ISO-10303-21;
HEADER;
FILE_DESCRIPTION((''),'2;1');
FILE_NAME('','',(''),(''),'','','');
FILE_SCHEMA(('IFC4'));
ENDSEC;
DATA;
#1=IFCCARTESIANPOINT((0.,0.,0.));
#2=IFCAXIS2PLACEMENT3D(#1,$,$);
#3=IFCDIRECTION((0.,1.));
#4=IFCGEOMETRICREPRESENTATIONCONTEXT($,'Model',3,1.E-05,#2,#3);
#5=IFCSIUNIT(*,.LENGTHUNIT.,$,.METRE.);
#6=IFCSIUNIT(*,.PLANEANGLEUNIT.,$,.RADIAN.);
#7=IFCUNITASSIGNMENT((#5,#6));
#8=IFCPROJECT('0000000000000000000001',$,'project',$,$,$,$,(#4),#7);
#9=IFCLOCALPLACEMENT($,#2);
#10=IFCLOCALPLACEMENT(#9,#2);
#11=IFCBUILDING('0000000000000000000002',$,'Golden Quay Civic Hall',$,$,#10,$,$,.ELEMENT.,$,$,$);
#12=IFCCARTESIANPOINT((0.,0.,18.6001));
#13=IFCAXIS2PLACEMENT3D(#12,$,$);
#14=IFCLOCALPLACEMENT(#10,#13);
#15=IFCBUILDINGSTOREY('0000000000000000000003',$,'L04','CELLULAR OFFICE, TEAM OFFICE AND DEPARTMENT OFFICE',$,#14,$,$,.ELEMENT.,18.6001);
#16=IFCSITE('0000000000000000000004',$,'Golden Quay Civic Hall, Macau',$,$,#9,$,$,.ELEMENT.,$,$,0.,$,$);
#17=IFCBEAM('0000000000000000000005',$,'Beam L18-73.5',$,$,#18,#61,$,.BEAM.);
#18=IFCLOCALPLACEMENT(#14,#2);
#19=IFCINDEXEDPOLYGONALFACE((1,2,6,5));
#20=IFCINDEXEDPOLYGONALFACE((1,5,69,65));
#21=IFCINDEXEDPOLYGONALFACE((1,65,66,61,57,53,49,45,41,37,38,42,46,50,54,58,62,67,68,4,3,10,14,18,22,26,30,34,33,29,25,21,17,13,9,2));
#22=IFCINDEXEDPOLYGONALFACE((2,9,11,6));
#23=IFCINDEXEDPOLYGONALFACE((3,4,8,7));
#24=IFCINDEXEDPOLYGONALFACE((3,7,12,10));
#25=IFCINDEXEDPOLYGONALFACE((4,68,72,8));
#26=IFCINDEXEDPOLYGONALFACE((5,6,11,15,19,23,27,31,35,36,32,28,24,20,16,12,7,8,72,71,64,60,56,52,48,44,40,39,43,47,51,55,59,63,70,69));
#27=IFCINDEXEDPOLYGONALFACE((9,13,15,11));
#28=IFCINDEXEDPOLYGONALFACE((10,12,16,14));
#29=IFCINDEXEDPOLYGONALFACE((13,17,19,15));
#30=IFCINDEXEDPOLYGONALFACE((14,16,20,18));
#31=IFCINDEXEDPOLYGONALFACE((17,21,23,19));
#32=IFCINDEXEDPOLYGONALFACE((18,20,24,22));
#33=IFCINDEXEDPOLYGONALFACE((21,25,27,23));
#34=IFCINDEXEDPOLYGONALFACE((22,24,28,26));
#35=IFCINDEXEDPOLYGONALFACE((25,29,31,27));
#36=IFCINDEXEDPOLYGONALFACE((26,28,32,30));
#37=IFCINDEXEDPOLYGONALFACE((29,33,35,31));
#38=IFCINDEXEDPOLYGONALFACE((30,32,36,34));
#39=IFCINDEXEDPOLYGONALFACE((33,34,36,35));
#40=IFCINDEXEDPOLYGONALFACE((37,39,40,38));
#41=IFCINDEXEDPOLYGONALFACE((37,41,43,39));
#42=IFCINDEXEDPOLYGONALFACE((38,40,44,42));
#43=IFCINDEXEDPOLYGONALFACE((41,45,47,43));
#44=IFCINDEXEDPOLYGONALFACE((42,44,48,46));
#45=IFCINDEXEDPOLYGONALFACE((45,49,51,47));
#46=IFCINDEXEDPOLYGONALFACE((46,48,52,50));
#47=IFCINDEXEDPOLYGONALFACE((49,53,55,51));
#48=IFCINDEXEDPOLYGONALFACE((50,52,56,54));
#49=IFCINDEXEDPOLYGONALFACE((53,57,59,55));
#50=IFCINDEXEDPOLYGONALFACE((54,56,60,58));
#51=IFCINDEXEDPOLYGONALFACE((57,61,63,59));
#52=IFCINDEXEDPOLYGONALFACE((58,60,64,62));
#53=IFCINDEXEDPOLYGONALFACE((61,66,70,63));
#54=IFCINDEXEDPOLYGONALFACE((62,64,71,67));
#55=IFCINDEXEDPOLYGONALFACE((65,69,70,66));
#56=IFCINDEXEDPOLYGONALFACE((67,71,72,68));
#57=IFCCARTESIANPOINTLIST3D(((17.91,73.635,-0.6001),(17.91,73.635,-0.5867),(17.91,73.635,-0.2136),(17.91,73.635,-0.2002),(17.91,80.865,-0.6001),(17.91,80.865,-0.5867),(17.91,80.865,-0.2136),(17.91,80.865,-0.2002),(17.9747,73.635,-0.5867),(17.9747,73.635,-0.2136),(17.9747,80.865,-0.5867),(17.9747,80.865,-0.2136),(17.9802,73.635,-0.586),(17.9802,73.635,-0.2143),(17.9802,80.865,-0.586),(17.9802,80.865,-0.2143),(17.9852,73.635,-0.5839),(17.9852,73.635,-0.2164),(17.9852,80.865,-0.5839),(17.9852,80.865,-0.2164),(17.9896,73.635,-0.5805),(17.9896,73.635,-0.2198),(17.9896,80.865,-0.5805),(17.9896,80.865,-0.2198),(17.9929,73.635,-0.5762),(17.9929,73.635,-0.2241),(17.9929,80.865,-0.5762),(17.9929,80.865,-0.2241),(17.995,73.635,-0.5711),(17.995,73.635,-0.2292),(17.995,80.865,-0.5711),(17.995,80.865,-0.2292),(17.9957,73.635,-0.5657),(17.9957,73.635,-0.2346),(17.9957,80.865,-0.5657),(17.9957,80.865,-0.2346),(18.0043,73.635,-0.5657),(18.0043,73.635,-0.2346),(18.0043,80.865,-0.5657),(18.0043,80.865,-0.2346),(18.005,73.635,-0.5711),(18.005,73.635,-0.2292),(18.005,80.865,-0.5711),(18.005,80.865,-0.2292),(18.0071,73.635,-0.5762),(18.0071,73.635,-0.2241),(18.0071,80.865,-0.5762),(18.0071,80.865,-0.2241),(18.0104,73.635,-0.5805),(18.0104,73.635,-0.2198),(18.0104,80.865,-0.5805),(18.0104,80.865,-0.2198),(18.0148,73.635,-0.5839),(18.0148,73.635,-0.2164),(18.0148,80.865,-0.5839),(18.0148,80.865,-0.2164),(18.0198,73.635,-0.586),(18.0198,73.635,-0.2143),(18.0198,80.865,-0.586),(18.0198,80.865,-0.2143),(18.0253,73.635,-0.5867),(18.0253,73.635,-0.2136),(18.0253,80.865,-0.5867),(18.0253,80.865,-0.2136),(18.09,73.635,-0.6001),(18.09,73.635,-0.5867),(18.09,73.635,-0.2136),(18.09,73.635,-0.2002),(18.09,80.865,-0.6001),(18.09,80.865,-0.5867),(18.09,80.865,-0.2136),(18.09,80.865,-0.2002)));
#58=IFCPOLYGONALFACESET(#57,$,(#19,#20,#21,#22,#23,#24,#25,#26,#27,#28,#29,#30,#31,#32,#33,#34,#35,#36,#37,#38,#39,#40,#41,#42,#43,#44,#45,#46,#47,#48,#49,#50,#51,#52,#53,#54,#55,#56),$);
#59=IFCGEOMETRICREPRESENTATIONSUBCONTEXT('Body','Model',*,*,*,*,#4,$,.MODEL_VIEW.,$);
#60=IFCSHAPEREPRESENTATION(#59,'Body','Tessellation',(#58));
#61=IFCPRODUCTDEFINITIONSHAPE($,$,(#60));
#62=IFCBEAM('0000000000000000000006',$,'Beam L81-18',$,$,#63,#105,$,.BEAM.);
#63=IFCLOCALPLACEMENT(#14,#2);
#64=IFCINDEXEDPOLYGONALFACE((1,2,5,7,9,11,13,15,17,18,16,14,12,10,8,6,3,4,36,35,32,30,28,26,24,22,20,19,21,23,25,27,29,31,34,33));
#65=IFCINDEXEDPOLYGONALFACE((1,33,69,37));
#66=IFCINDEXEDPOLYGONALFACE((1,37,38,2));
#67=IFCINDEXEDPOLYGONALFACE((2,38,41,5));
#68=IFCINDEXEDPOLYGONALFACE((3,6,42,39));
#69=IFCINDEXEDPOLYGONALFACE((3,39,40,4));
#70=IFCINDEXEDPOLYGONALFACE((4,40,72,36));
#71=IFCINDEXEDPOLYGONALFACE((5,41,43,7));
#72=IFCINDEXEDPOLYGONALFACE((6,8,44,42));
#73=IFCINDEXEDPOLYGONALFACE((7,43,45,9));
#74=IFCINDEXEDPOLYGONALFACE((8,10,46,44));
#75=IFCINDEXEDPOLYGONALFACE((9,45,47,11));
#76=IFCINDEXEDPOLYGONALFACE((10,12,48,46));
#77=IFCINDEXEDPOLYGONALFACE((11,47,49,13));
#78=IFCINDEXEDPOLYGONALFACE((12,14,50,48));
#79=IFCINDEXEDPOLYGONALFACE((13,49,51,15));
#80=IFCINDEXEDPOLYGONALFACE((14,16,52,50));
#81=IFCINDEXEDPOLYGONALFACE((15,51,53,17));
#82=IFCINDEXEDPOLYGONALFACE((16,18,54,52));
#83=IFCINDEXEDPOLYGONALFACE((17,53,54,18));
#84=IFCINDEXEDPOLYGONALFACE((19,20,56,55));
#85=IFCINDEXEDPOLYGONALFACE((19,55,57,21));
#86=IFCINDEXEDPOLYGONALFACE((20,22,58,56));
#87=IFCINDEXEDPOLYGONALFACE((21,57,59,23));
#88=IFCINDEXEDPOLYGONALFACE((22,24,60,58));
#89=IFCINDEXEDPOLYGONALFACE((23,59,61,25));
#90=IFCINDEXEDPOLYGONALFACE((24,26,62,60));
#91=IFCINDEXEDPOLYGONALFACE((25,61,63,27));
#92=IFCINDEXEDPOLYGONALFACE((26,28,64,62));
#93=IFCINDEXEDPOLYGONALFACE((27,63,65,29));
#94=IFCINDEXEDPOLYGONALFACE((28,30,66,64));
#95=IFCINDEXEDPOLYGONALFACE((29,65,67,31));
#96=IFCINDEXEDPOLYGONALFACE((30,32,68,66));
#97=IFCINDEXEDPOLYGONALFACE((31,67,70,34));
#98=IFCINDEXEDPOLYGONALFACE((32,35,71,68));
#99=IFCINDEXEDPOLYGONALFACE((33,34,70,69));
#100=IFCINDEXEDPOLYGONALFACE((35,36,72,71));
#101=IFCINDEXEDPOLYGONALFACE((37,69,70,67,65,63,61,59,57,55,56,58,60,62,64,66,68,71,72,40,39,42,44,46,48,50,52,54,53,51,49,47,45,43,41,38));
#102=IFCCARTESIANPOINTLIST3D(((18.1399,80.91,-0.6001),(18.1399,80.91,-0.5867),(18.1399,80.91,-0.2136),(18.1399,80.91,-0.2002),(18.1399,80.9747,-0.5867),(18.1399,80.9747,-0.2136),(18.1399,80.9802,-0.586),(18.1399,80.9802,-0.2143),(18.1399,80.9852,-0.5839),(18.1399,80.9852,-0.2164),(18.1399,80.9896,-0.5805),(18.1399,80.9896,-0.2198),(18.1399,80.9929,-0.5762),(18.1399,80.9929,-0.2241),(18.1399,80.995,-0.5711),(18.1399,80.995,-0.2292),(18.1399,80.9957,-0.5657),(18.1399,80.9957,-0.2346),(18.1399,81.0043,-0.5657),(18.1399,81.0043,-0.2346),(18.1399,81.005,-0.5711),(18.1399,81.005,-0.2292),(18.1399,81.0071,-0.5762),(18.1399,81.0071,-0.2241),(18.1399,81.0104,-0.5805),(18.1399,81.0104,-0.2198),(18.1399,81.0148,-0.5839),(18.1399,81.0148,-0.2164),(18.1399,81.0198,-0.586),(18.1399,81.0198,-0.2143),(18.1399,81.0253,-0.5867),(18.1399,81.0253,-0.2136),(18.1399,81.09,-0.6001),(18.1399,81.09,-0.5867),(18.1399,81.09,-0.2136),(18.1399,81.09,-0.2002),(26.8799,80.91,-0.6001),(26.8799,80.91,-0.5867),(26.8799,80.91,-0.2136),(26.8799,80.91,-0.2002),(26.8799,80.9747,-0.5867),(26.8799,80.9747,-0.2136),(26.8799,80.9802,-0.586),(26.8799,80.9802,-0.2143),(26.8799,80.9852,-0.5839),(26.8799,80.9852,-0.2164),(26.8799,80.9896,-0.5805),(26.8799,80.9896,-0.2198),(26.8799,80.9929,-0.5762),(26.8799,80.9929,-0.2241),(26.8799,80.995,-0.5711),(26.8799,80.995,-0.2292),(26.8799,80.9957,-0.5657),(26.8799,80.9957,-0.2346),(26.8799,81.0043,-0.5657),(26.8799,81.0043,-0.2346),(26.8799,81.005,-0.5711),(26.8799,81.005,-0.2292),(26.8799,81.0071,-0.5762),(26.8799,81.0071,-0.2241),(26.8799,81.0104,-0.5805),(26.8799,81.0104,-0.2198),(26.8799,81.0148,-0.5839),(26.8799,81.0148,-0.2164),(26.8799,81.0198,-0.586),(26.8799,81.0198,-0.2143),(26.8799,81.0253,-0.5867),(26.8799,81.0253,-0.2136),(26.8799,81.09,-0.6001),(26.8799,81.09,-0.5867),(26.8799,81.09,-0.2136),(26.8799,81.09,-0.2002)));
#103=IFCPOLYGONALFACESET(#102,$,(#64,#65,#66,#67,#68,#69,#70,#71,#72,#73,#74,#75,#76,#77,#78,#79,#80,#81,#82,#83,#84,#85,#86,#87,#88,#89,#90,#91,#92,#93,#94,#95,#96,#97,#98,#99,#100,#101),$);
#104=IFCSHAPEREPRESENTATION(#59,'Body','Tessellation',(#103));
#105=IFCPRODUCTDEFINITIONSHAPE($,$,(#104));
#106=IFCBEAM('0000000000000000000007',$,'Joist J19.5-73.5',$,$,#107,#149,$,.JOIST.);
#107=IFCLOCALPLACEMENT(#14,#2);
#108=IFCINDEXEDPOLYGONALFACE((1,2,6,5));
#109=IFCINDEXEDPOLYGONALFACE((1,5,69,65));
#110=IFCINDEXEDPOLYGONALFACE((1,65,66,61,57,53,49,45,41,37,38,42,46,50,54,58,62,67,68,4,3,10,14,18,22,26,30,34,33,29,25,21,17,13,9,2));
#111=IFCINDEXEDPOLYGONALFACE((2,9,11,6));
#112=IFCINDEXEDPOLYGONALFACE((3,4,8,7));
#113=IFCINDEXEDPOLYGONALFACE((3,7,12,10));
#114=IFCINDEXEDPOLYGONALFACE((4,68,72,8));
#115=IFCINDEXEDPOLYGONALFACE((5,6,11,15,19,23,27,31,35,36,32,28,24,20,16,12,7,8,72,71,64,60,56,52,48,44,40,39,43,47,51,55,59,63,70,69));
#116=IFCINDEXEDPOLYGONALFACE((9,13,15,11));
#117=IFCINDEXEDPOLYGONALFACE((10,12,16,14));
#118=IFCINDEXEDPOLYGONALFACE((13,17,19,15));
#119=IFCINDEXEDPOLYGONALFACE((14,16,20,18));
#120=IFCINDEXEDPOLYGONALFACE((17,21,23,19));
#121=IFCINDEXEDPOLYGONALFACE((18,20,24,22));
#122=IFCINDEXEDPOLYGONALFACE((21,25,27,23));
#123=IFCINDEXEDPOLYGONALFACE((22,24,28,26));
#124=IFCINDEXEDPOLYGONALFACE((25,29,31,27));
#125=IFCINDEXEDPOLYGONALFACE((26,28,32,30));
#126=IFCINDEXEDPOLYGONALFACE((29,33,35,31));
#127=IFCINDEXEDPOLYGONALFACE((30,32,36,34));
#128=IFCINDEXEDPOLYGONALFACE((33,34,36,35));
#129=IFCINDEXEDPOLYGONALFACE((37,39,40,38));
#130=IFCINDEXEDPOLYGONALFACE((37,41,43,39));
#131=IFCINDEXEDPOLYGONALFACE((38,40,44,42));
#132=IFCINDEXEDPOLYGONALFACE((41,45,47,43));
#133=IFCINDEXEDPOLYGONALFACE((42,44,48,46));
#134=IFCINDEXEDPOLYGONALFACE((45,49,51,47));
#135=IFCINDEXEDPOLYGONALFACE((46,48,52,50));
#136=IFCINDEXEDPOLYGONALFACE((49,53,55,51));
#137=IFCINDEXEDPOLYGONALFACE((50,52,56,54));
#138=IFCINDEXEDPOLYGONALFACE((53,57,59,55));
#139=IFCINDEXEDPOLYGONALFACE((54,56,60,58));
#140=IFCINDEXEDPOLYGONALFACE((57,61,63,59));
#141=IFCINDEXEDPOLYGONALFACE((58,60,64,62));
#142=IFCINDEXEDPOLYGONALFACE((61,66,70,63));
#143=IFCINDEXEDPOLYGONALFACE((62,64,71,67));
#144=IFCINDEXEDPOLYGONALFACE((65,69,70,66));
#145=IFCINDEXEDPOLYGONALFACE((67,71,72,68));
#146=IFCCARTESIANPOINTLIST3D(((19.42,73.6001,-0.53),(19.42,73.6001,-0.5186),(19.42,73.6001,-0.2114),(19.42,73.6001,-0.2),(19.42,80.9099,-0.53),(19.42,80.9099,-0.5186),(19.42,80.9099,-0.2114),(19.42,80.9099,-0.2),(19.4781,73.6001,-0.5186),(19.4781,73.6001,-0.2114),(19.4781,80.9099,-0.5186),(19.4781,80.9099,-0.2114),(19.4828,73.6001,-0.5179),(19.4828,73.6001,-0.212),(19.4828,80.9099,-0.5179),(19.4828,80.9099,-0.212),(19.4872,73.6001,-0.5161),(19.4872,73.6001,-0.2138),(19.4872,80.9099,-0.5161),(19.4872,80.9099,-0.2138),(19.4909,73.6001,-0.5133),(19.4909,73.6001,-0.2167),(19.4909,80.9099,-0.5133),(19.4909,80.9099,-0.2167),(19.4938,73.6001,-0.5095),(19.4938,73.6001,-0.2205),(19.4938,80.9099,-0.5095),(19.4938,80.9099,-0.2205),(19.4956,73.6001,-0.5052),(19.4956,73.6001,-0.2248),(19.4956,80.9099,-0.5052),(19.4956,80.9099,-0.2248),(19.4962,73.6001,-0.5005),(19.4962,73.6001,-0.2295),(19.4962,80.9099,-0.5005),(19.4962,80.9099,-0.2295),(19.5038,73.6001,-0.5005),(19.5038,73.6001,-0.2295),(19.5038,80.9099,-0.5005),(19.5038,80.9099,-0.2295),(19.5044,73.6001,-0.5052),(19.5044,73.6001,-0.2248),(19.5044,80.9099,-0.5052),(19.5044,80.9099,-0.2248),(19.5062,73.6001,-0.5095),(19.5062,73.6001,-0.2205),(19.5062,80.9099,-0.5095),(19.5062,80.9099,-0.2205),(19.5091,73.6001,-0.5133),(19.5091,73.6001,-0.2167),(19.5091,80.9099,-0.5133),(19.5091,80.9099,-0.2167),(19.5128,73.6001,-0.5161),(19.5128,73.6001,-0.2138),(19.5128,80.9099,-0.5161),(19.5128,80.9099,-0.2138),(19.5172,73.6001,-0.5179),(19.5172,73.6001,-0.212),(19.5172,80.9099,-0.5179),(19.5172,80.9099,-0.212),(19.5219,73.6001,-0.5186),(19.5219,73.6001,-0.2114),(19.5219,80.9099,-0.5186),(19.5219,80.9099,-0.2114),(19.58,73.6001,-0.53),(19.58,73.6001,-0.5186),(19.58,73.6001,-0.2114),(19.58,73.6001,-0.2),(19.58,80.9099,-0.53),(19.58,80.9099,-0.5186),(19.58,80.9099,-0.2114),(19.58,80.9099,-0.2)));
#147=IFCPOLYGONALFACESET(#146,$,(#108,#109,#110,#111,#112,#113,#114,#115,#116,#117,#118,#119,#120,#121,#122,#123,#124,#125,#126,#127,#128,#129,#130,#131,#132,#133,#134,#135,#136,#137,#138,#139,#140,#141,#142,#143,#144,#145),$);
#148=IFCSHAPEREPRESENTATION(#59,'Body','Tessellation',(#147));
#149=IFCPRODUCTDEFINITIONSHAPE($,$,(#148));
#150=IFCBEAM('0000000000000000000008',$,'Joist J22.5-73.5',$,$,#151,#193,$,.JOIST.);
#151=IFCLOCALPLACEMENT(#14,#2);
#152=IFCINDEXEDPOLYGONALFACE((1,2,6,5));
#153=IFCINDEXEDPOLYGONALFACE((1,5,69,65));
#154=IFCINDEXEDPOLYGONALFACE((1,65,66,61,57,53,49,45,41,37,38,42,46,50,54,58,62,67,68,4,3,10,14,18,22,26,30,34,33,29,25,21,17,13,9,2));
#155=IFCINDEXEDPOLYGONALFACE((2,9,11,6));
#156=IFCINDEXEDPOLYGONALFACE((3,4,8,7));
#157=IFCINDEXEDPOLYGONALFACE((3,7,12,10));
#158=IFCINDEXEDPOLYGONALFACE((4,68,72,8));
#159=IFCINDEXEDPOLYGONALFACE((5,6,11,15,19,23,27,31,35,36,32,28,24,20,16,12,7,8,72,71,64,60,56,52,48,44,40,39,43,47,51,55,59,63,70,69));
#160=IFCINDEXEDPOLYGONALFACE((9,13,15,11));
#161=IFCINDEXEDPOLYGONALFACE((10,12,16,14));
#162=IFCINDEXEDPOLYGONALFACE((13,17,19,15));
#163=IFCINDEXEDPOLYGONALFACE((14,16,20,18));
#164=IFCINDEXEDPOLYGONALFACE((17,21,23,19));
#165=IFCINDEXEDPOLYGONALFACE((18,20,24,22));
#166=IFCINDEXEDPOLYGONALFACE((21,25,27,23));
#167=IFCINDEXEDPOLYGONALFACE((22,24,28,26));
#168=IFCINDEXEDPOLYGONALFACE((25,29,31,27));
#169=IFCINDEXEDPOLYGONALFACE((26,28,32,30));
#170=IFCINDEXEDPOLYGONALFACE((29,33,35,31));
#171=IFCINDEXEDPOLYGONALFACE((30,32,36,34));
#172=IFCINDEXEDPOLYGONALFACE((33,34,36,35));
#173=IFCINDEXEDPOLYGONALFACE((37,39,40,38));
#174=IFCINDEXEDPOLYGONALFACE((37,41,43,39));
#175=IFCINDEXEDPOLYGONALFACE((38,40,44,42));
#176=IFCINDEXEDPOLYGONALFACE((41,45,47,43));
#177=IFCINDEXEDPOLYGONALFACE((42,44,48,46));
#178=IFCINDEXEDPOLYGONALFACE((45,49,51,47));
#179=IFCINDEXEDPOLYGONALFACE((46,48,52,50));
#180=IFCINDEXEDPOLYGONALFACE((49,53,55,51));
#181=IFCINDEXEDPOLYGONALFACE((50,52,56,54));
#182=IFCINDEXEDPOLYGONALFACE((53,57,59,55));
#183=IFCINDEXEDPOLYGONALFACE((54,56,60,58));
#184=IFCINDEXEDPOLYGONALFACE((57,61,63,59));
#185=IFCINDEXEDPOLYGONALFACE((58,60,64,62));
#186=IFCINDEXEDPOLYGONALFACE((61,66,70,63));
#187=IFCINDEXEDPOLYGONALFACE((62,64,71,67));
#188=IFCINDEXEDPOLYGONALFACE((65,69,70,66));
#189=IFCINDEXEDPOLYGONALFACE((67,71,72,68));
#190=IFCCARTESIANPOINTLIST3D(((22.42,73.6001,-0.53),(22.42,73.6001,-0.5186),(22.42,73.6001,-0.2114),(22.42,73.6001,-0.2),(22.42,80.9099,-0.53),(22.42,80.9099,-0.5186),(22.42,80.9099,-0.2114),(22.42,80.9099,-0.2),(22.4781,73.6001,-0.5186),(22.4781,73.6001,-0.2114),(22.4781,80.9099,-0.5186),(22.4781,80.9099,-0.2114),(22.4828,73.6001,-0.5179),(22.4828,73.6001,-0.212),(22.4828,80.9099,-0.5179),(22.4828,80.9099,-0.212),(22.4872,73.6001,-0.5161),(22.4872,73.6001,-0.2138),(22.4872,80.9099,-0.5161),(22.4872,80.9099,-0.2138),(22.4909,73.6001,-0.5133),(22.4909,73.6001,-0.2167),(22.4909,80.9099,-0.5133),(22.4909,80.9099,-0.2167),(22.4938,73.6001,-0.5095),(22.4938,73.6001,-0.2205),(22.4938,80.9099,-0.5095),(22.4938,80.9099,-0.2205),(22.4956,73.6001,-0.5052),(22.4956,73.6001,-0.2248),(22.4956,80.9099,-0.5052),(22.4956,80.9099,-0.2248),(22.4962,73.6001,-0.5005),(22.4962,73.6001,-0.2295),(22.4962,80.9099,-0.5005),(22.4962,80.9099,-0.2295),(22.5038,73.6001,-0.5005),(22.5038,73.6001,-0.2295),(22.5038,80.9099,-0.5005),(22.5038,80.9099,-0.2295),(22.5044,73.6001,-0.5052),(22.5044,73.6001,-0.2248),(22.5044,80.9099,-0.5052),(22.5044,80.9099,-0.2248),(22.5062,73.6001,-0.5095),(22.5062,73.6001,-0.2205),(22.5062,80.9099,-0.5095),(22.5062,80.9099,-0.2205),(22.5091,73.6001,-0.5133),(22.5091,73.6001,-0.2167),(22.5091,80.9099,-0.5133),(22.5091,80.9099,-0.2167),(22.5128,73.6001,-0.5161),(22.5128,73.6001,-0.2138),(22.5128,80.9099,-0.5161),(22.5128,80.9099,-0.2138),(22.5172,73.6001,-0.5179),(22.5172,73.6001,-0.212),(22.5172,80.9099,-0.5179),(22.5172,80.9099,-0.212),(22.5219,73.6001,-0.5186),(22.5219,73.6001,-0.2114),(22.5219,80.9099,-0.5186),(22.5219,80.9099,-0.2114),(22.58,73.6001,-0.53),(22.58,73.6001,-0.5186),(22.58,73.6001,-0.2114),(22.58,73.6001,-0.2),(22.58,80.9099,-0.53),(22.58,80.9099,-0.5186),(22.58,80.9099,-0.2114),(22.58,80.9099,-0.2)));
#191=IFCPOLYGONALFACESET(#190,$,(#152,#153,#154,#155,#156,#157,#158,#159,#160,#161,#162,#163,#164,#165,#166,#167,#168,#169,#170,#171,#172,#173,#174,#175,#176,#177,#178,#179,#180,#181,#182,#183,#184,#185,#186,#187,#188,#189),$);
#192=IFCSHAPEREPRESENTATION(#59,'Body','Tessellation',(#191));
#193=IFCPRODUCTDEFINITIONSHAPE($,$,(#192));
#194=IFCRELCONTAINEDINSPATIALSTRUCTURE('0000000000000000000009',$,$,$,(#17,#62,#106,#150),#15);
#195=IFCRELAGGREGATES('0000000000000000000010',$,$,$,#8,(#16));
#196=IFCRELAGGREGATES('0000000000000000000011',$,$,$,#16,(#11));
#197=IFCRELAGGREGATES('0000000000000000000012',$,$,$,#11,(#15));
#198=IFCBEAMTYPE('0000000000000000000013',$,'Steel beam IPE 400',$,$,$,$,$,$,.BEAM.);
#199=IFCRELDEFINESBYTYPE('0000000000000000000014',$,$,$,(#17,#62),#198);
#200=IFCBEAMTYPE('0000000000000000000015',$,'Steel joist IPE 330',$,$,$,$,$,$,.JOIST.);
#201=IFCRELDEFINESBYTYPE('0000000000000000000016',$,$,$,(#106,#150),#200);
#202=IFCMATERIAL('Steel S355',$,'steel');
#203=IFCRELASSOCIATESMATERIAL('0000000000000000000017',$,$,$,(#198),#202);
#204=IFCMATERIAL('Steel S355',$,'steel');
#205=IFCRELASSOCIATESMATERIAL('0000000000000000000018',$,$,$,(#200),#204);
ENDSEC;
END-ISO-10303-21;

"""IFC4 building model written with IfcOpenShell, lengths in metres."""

from ifc_helpers import new_model, si_unit, direction, frame, origin, origin_2d, place, context, subcontext, project, spatial, i_section, extrude, material, material_profile, profile_set, type_object, element, save


model = new_model("IFC4")

# Units and contexts
model_context = context("Model", 3, precision=1e-05, world=origin(), true_north=direction((0.0, 1.0)))
body_context = subcontext(model_context, "Body", "Model", "MODEL_VIEW")
ifc_project = project(units=[si_unit("LENGTHUNIT", "METRE"), si_unit("PLANEANGLEUNIT", "RADIAN")], contexts=[model_context])

# Site, building, storey
site_placement = place(None, origin())
site = spatial("IfcSite", under=ifc_project, at=site_placement, Name="Golden Quay Civic Hall, Macau", CompositionType="ELEMENT", RefElevation=0.0)
building_placement = place(site_placement, origin())
building = spatial("IfcBuilding", under=site, at=building_placement, Name="Golden Quay Civic Hall", CompositionType="ELEMENT")
storey_placement = place(building_placement, frame((0.0, 0.0, 18.6001)))
storey = spatial("IfcBuildingStorey", under=building, at=storey_placement, Name="L04", Description="CELLULAR OFFICE, TEAM OFFICE AND DEPARTMENT OFFICE", CompositionType="ELEMENT", Elevation=18.6001)

# Beams
ifc_material_1 = material(Name="Steel S355", Category="steel")
ifc_material_profile_1 = material_profile(ifc_material_1, i_section(OverallWidth=0.1799, OverallDepth=0.3999, WebThickness=0.0085, FlangeThickness=0.0134, FilletRadius=0.021, at=origin_2d()), Name="IPE 400")
ifc_profile_set_1 = profile_set([ifc_material_profile_1], Name="Steel S355")
beam_type_1 = type_object("IfcBeamType", Name="Steel beam IPE 400", PredefinedType="BEAM", material=ifc_profile_set_1)
beam_1_placement = place(storey_placement, frame((18.0, 73.635, -0.4001), z_axis=(0.0, 1.0, 0.0), x_axis=(-1.0, 0.0, 0.0)))
element("IfcBeam", 1, at=beam_1_placement, inside=storey, type_object=beam_type_1, Name="Beam L18-73.5", PredefinedType="BEAM", context=body_context, shape_type="SweptSolid", body=[
    extrude(i_section(OverallWidth=0.1799, OverallDepth=0.3999, WebThickness=0.0085, FlangeThickness=0.0134, FilletRadius=0.021, at=origin_2d()), origin(), (0.0, 0.0, 1.0), 7.23),
])
beam_2_placement = place(storey_placement, frame((18.1399, 81.0, -0.4001), z_axis=(1.0, 0.0, 0.0), x_axis=(0.0, 1.0, 0.0)))
element("IfcBeam", 2, at=beam_2_placement, inside=storey, type_object=beam_type_1, Name="Beam L81-18", PredefinedType="BEAM", context=body_context, shape_type="SweptSolid", body=[
    extrude(i_section(OverallWidth=0.1799, OverallDepth=0.3999, WebThickness=0.0085, FlangeThickness=0.0134, FilletRadius=0.021, at=origin_2d()), origin(), (0.0, 0.0, 1.0), 8.74),
])
ifc_material_2 = material(Name="Steel S355", Category="steel")
ifc_material_profile_2 = material_profile(ifc_material_2, i_section(OverallWidth=0.1599, OverallDepth=0.3301, WebThickness=0.0076, FlangeThickness=0.0115, FilletRadius=0.0181, at=origin_2d()), Name="IPE 330")
ifc_profile_set_2 = profile_set([ifc_material_profile_2], Name="Steel S355")
beam_type_2 = type_object("IfcBeamType", Name="Steel joist IPE 330", PredefinedType="JOIST", material=ifc_profile_set_2)
for number, where, z_axis, x_axis, name in (
    (3, (19.5, 73.6001, -0.365), (0.0, 1.0, 0.0), (-1.0, 0.0, 0.0), "Joist J19.5-73.5"),
    (4, (22.5, 73.6001, -0.365), (0.0, 1.0, 0.0), (-1.0, 0.0, 0.0), "Joist J22.5-73.5"),
):
    element("IfcBeam", number, at=place(storey_placement, frame(where, z_axis=z_axis, x_axis=x_axis)), inside=storey, type_object=beam_type_2, Name=name, PredefinedType="JOIST", context=body_context, shape_type="SweptSolid", body=[
        extrude(i_section(OverallWidth=0.1599, OverallDepth=0.3301, WebThickness=0.0076, FlangeThickness=0.0115, FilletRadius=0.0181, at=origin_2d()), origin(), (0.0, 0.0, 1.0), 7.3098),
    ])

save(model, "model.ifc")
